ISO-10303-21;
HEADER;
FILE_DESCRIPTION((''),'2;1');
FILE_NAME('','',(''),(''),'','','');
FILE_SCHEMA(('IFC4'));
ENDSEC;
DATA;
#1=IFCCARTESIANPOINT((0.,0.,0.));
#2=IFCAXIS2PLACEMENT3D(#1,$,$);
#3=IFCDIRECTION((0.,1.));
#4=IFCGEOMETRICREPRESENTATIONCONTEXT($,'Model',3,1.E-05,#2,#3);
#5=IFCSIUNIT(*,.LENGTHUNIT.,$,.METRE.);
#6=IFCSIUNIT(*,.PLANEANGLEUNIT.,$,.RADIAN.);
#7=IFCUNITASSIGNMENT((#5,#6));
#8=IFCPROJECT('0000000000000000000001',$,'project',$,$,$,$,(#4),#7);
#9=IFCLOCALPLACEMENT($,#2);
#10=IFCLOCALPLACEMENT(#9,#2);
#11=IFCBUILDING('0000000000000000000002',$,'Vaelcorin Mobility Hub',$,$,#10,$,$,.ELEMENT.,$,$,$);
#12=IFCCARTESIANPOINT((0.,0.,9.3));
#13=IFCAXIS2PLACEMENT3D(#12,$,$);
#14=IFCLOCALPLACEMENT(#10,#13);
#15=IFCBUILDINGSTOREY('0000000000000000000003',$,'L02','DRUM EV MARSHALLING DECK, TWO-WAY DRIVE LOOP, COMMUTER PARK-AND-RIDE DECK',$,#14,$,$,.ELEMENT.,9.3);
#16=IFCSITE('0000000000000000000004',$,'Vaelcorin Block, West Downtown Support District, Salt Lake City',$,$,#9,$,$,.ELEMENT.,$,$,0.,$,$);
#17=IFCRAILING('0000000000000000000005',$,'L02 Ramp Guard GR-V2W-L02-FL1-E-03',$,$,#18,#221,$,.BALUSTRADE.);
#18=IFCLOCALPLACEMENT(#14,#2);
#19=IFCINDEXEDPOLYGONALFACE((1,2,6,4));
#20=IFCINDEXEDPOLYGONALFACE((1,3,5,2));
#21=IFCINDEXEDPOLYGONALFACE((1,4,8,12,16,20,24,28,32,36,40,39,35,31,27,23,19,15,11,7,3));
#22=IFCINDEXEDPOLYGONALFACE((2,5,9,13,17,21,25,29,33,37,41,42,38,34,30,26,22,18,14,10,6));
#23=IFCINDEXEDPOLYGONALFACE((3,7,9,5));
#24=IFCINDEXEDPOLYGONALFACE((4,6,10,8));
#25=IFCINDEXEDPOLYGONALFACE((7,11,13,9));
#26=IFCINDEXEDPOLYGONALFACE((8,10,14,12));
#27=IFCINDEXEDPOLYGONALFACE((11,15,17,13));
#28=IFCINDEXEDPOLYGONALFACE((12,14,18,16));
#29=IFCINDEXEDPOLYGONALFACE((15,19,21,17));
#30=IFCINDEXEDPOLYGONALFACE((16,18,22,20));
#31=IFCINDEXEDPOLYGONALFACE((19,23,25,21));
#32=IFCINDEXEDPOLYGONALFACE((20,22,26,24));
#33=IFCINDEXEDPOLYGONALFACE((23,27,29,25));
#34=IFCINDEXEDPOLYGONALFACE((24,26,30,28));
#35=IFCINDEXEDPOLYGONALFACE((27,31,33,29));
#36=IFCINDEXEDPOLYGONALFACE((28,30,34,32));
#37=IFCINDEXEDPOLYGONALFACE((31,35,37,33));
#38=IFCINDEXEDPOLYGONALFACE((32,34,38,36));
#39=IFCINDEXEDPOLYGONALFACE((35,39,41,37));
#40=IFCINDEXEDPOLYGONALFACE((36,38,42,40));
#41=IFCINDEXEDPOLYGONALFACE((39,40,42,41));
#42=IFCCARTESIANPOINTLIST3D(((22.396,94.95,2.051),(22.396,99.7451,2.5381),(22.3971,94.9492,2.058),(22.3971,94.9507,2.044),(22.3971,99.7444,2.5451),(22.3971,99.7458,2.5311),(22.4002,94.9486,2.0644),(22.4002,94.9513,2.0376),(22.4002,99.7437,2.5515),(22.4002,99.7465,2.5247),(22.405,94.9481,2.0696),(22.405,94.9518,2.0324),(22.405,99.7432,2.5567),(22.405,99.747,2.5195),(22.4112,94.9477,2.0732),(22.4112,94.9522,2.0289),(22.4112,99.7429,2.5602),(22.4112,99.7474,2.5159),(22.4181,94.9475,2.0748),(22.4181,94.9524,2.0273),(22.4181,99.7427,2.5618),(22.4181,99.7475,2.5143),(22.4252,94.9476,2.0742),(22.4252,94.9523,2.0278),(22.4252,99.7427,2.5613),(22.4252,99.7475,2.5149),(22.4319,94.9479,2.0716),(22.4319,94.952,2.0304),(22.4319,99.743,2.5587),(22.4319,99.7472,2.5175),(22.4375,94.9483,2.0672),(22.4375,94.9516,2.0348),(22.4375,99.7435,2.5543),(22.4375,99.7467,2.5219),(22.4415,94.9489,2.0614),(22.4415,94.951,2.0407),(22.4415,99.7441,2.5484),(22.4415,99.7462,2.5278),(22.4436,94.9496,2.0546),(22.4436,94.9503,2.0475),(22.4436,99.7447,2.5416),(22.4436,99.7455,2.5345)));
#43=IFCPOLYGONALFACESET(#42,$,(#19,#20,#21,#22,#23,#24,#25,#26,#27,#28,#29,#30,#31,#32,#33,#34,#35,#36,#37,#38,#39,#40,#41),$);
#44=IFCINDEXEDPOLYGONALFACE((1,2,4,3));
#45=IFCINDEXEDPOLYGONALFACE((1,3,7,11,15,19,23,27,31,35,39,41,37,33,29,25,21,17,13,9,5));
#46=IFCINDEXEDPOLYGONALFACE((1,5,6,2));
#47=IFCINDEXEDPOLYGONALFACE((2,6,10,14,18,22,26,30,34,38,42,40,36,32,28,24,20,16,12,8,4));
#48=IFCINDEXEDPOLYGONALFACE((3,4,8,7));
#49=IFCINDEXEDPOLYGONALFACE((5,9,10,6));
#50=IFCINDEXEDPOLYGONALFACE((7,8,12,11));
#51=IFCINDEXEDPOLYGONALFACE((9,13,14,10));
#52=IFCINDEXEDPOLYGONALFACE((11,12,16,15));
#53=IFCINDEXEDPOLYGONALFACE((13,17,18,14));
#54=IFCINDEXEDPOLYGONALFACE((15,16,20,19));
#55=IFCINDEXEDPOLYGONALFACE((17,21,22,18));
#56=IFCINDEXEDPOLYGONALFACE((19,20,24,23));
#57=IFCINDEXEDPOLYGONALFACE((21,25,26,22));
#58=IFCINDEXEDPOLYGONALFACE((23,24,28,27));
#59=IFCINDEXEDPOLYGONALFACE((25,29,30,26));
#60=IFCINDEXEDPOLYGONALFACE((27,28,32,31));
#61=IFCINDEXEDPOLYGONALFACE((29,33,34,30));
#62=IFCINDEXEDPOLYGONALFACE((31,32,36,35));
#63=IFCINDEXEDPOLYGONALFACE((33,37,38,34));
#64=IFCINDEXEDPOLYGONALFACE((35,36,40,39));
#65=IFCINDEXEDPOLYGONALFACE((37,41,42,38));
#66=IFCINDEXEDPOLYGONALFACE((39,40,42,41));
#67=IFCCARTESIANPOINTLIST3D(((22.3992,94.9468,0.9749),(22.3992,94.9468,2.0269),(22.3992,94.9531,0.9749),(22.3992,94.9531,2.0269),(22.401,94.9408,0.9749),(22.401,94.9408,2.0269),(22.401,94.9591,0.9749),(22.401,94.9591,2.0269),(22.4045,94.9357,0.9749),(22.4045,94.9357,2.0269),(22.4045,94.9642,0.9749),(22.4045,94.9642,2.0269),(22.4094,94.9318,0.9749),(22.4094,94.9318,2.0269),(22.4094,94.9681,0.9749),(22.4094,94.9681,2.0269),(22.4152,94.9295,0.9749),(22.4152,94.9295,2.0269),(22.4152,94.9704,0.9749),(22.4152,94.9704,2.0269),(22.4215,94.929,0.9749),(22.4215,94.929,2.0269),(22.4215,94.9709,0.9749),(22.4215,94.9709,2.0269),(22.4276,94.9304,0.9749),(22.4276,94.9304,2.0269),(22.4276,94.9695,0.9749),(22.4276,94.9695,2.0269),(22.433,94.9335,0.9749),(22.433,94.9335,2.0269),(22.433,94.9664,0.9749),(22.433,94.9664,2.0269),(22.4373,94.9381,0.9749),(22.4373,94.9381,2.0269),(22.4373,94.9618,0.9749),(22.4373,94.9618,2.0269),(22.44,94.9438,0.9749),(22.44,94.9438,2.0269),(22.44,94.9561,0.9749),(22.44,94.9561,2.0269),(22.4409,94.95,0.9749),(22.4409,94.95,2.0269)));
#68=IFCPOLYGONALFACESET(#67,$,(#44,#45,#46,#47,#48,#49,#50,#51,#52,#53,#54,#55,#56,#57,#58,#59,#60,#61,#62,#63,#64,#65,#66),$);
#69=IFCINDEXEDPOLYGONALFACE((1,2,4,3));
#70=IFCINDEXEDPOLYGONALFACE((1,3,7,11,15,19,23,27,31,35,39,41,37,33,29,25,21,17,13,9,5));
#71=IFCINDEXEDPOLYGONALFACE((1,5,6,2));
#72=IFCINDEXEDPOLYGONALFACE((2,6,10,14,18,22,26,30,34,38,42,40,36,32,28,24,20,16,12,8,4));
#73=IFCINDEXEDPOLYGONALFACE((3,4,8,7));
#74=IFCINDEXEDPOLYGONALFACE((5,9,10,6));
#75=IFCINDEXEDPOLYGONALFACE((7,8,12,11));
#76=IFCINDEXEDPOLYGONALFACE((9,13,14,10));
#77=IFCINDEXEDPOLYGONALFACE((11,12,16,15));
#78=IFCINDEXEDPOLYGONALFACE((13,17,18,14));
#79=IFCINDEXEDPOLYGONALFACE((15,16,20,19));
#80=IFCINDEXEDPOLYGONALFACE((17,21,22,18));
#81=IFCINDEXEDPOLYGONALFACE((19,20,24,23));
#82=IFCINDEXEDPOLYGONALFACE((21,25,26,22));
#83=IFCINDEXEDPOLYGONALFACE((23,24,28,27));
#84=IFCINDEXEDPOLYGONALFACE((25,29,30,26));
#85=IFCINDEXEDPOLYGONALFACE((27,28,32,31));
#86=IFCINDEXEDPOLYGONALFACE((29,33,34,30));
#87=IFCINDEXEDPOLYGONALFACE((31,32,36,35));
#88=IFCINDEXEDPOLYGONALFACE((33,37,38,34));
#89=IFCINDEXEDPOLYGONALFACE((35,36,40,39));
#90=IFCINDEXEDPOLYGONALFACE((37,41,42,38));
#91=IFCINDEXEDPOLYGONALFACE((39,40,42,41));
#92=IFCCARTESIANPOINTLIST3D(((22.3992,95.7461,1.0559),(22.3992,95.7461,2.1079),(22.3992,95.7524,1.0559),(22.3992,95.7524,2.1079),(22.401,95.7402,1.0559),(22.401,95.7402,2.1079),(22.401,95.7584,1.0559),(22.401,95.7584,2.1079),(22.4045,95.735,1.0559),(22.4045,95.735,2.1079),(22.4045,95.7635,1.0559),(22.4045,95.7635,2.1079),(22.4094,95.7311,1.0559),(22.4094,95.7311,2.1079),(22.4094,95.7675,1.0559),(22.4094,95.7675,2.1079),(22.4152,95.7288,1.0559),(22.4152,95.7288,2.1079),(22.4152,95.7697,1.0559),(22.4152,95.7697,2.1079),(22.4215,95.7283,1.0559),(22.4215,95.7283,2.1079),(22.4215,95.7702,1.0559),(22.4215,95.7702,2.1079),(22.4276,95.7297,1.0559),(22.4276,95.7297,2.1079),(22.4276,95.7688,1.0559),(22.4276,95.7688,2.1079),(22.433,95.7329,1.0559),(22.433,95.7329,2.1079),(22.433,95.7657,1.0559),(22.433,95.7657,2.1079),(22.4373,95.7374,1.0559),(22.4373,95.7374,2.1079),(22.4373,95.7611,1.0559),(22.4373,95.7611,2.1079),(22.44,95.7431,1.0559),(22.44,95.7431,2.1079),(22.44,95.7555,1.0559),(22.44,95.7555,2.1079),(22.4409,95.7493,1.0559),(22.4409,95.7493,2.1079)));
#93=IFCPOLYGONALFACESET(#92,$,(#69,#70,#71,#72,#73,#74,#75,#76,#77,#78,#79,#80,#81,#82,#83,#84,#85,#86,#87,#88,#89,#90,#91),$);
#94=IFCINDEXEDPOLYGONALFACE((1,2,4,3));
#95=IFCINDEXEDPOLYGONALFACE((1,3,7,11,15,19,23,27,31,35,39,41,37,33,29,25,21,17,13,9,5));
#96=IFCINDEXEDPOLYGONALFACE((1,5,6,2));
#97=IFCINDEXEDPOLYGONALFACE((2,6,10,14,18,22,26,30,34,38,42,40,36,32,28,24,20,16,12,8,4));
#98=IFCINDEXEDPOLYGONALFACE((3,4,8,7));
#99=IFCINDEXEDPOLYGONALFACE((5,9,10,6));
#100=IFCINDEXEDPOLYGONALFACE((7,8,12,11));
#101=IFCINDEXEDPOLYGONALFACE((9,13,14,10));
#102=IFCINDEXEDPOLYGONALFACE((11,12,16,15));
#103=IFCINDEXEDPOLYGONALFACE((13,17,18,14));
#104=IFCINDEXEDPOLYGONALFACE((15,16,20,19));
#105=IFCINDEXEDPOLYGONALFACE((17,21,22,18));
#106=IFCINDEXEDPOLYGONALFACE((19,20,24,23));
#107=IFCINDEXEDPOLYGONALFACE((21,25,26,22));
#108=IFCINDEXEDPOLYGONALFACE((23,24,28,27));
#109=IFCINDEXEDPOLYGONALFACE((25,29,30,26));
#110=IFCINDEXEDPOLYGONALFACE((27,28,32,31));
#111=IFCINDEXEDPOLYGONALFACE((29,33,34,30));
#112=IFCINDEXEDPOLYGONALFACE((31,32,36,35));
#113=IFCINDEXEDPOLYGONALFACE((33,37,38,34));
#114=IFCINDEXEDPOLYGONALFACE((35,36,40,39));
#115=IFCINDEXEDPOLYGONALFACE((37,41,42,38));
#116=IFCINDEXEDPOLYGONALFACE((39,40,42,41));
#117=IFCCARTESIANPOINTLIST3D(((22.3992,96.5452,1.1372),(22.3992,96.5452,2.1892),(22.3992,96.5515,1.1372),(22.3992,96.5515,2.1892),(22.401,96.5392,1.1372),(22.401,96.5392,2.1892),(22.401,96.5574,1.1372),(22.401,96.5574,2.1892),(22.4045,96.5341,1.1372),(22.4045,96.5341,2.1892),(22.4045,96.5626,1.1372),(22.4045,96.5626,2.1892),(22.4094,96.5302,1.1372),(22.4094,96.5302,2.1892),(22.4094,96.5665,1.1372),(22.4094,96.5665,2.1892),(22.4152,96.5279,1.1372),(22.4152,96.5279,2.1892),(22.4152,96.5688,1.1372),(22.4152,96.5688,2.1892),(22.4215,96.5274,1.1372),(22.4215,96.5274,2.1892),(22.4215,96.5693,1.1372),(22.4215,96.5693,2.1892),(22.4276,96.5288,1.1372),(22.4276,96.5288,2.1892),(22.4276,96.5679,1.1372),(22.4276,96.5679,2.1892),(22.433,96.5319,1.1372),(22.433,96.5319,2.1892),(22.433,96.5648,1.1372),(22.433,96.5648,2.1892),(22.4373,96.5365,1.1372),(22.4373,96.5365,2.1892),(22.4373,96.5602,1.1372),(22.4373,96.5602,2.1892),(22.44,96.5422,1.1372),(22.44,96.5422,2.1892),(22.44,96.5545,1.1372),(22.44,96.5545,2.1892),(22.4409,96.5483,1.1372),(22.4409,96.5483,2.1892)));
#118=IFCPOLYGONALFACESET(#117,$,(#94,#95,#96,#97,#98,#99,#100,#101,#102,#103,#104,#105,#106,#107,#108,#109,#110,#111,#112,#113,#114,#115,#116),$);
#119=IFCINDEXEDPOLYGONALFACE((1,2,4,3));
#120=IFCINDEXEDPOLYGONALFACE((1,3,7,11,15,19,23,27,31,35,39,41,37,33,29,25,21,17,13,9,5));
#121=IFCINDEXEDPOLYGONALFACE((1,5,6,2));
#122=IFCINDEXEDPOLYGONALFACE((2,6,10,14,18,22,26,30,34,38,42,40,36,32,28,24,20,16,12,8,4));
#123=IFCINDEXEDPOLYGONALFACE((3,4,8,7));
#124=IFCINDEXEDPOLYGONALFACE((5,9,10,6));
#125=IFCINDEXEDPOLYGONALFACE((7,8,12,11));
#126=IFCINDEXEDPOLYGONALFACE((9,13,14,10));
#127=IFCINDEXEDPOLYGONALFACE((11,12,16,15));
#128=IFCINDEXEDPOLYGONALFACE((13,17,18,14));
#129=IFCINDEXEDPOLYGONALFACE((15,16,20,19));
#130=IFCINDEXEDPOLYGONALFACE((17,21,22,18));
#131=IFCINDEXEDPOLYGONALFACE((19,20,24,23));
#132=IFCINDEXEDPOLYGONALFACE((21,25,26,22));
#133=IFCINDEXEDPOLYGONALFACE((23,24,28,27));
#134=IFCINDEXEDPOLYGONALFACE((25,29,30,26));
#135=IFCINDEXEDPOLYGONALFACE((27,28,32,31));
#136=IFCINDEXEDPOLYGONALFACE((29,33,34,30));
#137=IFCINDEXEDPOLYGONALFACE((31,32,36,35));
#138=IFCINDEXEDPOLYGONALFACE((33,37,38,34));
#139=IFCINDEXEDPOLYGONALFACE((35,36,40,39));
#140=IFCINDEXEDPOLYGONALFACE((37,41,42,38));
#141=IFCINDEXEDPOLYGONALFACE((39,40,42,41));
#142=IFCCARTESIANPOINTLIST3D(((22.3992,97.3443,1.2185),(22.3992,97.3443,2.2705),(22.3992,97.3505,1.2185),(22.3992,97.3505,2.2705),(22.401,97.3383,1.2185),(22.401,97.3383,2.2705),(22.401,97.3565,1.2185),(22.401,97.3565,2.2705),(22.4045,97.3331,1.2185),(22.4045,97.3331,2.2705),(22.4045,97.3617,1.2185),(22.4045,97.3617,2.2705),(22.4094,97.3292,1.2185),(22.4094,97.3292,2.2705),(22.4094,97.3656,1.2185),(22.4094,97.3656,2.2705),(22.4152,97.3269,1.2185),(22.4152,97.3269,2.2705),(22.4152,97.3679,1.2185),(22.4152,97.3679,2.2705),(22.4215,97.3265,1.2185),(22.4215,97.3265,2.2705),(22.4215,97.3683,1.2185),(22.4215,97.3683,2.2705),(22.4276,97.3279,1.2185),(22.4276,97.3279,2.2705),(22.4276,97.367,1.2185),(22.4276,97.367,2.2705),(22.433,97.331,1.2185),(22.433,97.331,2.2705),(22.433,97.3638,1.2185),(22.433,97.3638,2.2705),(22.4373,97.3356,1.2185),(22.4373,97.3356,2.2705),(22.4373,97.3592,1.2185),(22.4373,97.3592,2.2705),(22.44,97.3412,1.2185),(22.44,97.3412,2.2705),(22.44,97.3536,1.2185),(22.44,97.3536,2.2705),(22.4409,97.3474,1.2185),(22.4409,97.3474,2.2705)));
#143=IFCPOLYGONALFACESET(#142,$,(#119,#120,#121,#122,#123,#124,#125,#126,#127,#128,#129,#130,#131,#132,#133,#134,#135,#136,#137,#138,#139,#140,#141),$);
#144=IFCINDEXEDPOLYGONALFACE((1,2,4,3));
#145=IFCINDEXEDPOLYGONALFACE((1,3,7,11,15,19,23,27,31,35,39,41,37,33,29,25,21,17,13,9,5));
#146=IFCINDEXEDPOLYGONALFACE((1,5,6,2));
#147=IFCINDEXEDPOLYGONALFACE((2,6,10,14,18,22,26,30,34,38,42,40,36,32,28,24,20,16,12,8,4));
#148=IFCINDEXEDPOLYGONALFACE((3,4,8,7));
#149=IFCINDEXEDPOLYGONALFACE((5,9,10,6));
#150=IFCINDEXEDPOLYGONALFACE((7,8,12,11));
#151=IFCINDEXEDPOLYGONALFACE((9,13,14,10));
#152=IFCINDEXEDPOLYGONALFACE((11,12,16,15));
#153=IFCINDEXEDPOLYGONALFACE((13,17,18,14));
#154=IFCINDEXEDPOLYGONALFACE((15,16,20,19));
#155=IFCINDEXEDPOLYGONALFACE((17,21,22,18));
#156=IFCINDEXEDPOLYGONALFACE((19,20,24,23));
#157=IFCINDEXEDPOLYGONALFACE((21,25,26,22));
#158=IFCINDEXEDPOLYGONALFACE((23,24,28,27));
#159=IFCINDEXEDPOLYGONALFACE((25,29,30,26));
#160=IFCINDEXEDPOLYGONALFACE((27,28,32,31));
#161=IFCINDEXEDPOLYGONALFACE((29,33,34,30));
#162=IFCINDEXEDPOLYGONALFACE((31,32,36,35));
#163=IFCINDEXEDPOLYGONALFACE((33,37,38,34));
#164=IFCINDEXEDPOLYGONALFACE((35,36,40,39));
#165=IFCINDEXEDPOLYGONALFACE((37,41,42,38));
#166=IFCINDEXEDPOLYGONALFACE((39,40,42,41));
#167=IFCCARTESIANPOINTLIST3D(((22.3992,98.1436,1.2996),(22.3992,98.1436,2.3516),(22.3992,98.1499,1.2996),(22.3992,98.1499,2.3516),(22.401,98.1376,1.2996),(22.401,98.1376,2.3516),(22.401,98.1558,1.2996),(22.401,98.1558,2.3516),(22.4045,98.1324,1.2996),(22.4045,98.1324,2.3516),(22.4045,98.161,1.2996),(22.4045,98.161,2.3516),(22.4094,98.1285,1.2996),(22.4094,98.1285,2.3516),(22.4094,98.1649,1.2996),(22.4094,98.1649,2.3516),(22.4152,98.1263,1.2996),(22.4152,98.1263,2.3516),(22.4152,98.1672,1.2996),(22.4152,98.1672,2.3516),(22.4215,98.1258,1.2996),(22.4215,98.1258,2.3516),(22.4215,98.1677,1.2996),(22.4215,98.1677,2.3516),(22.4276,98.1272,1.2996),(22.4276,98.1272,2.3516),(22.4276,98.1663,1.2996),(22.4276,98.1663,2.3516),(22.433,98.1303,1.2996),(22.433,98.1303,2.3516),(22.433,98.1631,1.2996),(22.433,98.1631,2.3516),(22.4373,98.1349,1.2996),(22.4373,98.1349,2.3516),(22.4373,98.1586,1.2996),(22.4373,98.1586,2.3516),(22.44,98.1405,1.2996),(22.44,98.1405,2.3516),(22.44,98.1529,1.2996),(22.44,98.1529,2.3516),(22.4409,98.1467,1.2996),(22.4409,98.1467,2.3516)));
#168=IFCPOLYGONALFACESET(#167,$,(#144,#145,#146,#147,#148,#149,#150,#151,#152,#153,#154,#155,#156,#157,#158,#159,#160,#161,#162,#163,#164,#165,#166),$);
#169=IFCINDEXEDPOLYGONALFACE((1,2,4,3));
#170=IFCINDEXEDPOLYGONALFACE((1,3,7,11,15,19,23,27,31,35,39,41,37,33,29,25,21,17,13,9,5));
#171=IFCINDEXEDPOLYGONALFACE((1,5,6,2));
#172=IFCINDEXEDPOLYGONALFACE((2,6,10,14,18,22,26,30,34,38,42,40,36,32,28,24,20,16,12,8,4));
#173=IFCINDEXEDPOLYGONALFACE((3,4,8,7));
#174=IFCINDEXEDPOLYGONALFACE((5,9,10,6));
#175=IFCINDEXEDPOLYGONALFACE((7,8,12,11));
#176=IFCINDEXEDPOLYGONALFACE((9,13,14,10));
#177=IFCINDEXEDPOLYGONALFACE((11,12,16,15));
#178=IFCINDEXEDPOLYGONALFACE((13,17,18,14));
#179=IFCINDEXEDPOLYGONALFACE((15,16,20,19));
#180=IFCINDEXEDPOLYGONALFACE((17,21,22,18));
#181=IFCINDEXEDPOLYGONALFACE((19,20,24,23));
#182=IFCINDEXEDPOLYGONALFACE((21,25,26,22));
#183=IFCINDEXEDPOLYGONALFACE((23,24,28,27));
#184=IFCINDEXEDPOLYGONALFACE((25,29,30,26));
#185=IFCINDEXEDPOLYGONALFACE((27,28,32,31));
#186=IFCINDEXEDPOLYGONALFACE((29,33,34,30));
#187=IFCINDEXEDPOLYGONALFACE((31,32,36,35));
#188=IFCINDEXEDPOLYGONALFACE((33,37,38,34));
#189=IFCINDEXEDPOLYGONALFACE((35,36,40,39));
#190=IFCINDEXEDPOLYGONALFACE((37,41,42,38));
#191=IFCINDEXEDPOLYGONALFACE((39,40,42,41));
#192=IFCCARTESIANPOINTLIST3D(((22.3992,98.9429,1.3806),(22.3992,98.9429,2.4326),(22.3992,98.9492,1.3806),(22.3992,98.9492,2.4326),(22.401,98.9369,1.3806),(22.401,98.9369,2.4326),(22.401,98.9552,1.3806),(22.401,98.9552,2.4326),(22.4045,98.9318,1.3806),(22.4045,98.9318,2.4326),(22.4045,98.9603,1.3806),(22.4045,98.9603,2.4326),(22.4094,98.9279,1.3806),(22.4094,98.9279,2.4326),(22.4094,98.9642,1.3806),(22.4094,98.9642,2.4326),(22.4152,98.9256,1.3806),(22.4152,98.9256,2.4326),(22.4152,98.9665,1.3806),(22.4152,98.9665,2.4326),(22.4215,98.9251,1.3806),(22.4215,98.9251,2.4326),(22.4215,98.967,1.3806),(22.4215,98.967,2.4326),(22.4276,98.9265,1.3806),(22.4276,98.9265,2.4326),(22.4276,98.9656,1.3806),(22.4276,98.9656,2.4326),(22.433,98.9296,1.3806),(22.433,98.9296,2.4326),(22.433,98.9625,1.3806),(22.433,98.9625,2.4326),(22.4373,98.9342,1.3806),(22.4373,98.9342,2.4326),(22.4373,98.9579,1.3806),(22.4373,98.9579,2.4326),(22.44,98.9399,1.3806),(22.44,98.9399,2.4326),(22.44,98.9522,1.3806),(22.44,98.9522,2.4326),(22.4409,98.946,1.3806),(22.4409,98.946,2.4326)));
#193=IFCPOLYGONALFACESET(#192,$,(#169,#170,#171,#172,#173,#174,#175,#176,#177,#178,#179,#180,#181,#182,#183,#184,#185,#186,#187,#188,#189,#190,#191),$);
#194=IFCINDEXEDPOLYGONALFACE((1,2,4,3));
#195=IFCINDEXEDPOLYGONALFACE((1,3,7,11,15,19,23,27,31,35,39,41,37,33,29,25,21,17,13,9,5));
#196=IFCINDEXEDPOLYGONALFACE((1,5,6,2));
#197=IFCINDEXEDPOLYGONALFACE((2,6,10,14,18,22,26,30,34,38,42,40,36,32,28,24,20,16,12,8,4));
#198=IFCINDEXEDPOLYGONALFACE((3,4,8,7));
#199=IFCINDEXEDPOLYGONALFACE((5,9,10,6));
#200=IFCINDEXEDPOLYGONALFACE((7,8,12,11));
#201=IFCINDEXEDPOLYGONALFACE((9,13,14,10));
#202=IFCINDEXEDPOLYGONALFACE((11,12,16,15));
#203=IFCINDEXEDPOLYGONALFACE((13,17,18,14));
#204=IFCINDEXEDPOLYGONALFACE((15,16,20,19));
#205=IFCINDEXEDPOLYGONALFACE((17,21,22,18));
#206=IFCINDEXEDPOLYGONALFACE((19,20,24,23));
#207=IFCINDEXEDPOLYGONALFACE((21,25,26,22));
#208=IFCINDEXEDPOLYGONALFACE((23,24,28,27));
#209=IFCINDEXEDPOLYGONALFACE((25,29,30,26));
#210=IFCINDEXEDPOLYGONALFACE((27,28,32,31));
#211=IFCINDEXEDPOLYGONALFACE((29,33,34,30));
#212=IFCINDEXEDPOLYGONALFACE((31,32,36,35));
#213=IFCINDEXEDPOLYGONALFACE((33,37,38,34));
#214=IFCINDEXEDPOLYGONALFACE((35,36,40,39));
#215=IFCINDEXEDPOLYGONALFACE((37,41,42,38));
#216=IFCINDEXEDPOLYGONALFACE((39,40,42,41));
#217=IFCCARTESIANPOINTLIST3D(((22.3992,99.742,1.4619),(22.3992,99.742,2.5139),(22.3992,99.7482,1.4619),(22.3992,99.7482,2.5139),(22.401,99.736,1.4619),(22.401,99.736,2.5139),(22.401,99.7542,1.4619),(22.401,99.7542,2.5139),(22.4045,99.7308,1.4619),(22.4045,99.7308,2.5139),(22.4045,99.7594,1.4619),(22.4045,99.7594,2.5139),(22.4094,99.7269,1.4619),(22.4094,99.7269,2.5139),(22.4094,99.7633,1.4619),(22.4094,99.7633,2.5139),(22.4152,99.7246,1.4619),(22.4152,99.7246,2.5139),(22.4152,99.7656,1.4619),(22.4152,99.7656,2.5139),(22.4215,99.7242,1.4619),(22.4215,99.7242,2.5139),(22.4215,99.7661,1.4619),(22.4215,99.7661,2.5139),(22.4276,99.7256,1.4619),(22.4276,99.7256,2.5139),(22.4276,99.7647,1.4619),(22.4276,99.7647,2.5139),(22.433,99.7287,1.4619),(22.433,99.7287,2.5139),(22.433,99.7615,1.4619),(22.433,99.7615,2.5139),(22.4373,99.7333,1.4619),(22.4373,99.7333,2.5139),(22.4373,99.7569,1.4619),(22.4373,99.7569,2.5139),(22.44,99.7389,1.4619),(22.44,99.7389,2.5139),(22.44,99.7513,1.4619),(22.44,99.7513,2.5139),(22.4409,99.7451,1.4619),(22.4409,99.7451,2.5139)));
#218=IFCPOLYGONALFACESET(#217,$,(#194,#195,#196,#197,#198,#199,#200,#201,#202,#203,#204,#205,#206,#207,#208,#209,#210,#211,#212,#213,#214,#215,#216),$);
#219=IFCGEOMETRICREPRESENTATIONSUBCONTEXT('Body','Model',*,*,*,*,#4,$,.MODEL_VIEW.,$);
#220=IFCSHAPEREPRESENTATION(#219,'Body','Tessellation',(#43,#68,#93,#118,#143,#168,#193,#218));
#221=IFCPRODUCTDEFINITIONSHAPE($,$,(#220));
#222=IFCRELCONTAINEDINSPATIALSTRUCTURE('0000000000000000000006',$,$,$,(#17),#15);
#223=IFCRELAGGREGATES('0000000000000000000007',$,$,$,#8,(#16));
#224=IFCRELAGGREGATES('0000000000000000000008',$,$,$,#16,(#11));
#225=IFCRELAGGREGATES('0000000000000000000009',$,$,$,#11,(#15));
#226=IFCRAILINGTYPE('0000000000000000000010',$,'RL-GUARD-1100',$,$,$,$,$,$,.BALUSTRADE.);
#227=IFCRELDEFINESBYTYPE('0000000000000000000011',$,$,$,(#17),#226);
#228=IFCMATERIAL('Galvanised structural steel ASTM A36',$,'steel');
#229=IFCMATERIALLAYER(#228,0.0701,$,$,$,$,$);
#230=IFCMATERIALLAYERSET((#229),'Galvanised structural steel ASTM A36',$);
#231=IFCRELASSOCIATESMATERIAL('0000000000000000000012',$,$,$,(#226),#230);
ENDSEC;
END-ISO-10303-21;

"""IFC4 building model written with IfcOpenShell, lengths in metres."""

from ifc_helpers import new_model, si_unit, direction, frame, origin, origin_2d, place, context, subcontext, project, spatial, circle, extrude, material, layer, layer_set, type_object, element, save


model = new_model("IFC4")

# Units and contexts
model_context = context("Model", 3, precision=1e-05, world=origin(), true_north=direction((0.0, 1.0)))
body_context = subcontext(model_context, "Body", "Model", "MODEL_VIEW")
ifc_project = project(units=[si_unit("LENGTHUNIT", "METRE"), si_unit("PLANEANGLEUNIT", "RADIAN")], contexts=[model_context])

# Site, building, storey
site_placement = place(None, origin())
site = spatial("IfcSite", under=ifc_project, at=site_placement, Name="Vaelcorin Block, West Downtown Support District, Salt Lake City", CompositionType="ELEMENT", RefElevation=0.0)
building_placement = place(site_placement, origin())
building = spatial("IfcBuilding", under=site, at=building_placement, Name="Vaelcorin Mobility Hub", CompositionType="ELEMENT")
storey_placement = place(building_placement, frame((0.0, 0.0, 9.3)))
storey = spatial("IfcBuildingStorey", under=building, at=storey_placement, Name="L02", Description="DRUM EV MARSHALLING DECK, TWO-WAY DRIVE LOOP, COMMUTER PARK-AND-RIDE DECK", CompositionType="ELEMENT", Elevation=9.3)

# Railing
ifc_material_1 = material(Name="Galvanised structural steel ASTM A36", Category="steel")
ifc_layer_1 = layer(ifc_material_1, 0.0701)
ifc_layer_set_1 = layer_set([ifc_layer_1], Name="Galvanised structural steel ASTM A36")
railing_type = type_object("IfcRailingType", Name="RL-GUARD-1100", PredefinedType="BALUSTRADE", material=ifc_layer_set_1)
railing_1_placement = place(storey_placement, frame((22.4199, 94.95, 0.9749)))
element("IfcRailing", 1, at=railing_1_placement, inside=storey, type_object=railing_type, Name="L02 Ramp Guard GR-V2W-L02-FL1-E-03", PredefinedType="BALUSTRADE", context=body_context, shape_type="SweptSolid", body=[
    extrude(circle(Radius=0.0239, at=origin_2d()), frame((0.0, 0.0, 1.0762), z_axis=(0.0, 0.994881, 0.101053), x_axis=(-1.0, 0.0, 0.0)), (0.0, 0.0, 1.0), 4.8198),
    extrude(circle(Radius=0.021, at=origin_2d()), origin(), (0.0, 0.0, 1.0), 1.052),
    extrude(circle(Radius=0.021, at=origin_2d()), frame((0.0, 0.7993, 0.0811)), (0.0, 0.0, 1.0), 1.052),
    extrude(circle(Radius=0.021, at=origin_2d()), frame((0.0, 1.5984, 0.1624)), (0.0, 0.0, 1.0), 1.052),
    extrude(circle(Radius=0.021, at=origin_2d()), frame((0.0, 2.3975, 0.2437)), (0.0, 0.0, 1.0), 1.052),
    extrude(circle(Radius=0.021, at=origin_2d()), frame((0.0, 3.1968, 0.3247)), (0.0, 0.0, 1.0), 1.052),
    extrude(circle(Radius=0.021, at=origin_2d()), frame((0.0, 3.9961, 0.4058)), (0.0, 0.0, 1.0), 1.052),
    extrude(circle(Radius=0.021, at=origin_2d()), frame((0.0, 4.7952, 0.4871)), (0.0, 0.0, 1.0), 1.052),
])

save(model, "model.ifc")
